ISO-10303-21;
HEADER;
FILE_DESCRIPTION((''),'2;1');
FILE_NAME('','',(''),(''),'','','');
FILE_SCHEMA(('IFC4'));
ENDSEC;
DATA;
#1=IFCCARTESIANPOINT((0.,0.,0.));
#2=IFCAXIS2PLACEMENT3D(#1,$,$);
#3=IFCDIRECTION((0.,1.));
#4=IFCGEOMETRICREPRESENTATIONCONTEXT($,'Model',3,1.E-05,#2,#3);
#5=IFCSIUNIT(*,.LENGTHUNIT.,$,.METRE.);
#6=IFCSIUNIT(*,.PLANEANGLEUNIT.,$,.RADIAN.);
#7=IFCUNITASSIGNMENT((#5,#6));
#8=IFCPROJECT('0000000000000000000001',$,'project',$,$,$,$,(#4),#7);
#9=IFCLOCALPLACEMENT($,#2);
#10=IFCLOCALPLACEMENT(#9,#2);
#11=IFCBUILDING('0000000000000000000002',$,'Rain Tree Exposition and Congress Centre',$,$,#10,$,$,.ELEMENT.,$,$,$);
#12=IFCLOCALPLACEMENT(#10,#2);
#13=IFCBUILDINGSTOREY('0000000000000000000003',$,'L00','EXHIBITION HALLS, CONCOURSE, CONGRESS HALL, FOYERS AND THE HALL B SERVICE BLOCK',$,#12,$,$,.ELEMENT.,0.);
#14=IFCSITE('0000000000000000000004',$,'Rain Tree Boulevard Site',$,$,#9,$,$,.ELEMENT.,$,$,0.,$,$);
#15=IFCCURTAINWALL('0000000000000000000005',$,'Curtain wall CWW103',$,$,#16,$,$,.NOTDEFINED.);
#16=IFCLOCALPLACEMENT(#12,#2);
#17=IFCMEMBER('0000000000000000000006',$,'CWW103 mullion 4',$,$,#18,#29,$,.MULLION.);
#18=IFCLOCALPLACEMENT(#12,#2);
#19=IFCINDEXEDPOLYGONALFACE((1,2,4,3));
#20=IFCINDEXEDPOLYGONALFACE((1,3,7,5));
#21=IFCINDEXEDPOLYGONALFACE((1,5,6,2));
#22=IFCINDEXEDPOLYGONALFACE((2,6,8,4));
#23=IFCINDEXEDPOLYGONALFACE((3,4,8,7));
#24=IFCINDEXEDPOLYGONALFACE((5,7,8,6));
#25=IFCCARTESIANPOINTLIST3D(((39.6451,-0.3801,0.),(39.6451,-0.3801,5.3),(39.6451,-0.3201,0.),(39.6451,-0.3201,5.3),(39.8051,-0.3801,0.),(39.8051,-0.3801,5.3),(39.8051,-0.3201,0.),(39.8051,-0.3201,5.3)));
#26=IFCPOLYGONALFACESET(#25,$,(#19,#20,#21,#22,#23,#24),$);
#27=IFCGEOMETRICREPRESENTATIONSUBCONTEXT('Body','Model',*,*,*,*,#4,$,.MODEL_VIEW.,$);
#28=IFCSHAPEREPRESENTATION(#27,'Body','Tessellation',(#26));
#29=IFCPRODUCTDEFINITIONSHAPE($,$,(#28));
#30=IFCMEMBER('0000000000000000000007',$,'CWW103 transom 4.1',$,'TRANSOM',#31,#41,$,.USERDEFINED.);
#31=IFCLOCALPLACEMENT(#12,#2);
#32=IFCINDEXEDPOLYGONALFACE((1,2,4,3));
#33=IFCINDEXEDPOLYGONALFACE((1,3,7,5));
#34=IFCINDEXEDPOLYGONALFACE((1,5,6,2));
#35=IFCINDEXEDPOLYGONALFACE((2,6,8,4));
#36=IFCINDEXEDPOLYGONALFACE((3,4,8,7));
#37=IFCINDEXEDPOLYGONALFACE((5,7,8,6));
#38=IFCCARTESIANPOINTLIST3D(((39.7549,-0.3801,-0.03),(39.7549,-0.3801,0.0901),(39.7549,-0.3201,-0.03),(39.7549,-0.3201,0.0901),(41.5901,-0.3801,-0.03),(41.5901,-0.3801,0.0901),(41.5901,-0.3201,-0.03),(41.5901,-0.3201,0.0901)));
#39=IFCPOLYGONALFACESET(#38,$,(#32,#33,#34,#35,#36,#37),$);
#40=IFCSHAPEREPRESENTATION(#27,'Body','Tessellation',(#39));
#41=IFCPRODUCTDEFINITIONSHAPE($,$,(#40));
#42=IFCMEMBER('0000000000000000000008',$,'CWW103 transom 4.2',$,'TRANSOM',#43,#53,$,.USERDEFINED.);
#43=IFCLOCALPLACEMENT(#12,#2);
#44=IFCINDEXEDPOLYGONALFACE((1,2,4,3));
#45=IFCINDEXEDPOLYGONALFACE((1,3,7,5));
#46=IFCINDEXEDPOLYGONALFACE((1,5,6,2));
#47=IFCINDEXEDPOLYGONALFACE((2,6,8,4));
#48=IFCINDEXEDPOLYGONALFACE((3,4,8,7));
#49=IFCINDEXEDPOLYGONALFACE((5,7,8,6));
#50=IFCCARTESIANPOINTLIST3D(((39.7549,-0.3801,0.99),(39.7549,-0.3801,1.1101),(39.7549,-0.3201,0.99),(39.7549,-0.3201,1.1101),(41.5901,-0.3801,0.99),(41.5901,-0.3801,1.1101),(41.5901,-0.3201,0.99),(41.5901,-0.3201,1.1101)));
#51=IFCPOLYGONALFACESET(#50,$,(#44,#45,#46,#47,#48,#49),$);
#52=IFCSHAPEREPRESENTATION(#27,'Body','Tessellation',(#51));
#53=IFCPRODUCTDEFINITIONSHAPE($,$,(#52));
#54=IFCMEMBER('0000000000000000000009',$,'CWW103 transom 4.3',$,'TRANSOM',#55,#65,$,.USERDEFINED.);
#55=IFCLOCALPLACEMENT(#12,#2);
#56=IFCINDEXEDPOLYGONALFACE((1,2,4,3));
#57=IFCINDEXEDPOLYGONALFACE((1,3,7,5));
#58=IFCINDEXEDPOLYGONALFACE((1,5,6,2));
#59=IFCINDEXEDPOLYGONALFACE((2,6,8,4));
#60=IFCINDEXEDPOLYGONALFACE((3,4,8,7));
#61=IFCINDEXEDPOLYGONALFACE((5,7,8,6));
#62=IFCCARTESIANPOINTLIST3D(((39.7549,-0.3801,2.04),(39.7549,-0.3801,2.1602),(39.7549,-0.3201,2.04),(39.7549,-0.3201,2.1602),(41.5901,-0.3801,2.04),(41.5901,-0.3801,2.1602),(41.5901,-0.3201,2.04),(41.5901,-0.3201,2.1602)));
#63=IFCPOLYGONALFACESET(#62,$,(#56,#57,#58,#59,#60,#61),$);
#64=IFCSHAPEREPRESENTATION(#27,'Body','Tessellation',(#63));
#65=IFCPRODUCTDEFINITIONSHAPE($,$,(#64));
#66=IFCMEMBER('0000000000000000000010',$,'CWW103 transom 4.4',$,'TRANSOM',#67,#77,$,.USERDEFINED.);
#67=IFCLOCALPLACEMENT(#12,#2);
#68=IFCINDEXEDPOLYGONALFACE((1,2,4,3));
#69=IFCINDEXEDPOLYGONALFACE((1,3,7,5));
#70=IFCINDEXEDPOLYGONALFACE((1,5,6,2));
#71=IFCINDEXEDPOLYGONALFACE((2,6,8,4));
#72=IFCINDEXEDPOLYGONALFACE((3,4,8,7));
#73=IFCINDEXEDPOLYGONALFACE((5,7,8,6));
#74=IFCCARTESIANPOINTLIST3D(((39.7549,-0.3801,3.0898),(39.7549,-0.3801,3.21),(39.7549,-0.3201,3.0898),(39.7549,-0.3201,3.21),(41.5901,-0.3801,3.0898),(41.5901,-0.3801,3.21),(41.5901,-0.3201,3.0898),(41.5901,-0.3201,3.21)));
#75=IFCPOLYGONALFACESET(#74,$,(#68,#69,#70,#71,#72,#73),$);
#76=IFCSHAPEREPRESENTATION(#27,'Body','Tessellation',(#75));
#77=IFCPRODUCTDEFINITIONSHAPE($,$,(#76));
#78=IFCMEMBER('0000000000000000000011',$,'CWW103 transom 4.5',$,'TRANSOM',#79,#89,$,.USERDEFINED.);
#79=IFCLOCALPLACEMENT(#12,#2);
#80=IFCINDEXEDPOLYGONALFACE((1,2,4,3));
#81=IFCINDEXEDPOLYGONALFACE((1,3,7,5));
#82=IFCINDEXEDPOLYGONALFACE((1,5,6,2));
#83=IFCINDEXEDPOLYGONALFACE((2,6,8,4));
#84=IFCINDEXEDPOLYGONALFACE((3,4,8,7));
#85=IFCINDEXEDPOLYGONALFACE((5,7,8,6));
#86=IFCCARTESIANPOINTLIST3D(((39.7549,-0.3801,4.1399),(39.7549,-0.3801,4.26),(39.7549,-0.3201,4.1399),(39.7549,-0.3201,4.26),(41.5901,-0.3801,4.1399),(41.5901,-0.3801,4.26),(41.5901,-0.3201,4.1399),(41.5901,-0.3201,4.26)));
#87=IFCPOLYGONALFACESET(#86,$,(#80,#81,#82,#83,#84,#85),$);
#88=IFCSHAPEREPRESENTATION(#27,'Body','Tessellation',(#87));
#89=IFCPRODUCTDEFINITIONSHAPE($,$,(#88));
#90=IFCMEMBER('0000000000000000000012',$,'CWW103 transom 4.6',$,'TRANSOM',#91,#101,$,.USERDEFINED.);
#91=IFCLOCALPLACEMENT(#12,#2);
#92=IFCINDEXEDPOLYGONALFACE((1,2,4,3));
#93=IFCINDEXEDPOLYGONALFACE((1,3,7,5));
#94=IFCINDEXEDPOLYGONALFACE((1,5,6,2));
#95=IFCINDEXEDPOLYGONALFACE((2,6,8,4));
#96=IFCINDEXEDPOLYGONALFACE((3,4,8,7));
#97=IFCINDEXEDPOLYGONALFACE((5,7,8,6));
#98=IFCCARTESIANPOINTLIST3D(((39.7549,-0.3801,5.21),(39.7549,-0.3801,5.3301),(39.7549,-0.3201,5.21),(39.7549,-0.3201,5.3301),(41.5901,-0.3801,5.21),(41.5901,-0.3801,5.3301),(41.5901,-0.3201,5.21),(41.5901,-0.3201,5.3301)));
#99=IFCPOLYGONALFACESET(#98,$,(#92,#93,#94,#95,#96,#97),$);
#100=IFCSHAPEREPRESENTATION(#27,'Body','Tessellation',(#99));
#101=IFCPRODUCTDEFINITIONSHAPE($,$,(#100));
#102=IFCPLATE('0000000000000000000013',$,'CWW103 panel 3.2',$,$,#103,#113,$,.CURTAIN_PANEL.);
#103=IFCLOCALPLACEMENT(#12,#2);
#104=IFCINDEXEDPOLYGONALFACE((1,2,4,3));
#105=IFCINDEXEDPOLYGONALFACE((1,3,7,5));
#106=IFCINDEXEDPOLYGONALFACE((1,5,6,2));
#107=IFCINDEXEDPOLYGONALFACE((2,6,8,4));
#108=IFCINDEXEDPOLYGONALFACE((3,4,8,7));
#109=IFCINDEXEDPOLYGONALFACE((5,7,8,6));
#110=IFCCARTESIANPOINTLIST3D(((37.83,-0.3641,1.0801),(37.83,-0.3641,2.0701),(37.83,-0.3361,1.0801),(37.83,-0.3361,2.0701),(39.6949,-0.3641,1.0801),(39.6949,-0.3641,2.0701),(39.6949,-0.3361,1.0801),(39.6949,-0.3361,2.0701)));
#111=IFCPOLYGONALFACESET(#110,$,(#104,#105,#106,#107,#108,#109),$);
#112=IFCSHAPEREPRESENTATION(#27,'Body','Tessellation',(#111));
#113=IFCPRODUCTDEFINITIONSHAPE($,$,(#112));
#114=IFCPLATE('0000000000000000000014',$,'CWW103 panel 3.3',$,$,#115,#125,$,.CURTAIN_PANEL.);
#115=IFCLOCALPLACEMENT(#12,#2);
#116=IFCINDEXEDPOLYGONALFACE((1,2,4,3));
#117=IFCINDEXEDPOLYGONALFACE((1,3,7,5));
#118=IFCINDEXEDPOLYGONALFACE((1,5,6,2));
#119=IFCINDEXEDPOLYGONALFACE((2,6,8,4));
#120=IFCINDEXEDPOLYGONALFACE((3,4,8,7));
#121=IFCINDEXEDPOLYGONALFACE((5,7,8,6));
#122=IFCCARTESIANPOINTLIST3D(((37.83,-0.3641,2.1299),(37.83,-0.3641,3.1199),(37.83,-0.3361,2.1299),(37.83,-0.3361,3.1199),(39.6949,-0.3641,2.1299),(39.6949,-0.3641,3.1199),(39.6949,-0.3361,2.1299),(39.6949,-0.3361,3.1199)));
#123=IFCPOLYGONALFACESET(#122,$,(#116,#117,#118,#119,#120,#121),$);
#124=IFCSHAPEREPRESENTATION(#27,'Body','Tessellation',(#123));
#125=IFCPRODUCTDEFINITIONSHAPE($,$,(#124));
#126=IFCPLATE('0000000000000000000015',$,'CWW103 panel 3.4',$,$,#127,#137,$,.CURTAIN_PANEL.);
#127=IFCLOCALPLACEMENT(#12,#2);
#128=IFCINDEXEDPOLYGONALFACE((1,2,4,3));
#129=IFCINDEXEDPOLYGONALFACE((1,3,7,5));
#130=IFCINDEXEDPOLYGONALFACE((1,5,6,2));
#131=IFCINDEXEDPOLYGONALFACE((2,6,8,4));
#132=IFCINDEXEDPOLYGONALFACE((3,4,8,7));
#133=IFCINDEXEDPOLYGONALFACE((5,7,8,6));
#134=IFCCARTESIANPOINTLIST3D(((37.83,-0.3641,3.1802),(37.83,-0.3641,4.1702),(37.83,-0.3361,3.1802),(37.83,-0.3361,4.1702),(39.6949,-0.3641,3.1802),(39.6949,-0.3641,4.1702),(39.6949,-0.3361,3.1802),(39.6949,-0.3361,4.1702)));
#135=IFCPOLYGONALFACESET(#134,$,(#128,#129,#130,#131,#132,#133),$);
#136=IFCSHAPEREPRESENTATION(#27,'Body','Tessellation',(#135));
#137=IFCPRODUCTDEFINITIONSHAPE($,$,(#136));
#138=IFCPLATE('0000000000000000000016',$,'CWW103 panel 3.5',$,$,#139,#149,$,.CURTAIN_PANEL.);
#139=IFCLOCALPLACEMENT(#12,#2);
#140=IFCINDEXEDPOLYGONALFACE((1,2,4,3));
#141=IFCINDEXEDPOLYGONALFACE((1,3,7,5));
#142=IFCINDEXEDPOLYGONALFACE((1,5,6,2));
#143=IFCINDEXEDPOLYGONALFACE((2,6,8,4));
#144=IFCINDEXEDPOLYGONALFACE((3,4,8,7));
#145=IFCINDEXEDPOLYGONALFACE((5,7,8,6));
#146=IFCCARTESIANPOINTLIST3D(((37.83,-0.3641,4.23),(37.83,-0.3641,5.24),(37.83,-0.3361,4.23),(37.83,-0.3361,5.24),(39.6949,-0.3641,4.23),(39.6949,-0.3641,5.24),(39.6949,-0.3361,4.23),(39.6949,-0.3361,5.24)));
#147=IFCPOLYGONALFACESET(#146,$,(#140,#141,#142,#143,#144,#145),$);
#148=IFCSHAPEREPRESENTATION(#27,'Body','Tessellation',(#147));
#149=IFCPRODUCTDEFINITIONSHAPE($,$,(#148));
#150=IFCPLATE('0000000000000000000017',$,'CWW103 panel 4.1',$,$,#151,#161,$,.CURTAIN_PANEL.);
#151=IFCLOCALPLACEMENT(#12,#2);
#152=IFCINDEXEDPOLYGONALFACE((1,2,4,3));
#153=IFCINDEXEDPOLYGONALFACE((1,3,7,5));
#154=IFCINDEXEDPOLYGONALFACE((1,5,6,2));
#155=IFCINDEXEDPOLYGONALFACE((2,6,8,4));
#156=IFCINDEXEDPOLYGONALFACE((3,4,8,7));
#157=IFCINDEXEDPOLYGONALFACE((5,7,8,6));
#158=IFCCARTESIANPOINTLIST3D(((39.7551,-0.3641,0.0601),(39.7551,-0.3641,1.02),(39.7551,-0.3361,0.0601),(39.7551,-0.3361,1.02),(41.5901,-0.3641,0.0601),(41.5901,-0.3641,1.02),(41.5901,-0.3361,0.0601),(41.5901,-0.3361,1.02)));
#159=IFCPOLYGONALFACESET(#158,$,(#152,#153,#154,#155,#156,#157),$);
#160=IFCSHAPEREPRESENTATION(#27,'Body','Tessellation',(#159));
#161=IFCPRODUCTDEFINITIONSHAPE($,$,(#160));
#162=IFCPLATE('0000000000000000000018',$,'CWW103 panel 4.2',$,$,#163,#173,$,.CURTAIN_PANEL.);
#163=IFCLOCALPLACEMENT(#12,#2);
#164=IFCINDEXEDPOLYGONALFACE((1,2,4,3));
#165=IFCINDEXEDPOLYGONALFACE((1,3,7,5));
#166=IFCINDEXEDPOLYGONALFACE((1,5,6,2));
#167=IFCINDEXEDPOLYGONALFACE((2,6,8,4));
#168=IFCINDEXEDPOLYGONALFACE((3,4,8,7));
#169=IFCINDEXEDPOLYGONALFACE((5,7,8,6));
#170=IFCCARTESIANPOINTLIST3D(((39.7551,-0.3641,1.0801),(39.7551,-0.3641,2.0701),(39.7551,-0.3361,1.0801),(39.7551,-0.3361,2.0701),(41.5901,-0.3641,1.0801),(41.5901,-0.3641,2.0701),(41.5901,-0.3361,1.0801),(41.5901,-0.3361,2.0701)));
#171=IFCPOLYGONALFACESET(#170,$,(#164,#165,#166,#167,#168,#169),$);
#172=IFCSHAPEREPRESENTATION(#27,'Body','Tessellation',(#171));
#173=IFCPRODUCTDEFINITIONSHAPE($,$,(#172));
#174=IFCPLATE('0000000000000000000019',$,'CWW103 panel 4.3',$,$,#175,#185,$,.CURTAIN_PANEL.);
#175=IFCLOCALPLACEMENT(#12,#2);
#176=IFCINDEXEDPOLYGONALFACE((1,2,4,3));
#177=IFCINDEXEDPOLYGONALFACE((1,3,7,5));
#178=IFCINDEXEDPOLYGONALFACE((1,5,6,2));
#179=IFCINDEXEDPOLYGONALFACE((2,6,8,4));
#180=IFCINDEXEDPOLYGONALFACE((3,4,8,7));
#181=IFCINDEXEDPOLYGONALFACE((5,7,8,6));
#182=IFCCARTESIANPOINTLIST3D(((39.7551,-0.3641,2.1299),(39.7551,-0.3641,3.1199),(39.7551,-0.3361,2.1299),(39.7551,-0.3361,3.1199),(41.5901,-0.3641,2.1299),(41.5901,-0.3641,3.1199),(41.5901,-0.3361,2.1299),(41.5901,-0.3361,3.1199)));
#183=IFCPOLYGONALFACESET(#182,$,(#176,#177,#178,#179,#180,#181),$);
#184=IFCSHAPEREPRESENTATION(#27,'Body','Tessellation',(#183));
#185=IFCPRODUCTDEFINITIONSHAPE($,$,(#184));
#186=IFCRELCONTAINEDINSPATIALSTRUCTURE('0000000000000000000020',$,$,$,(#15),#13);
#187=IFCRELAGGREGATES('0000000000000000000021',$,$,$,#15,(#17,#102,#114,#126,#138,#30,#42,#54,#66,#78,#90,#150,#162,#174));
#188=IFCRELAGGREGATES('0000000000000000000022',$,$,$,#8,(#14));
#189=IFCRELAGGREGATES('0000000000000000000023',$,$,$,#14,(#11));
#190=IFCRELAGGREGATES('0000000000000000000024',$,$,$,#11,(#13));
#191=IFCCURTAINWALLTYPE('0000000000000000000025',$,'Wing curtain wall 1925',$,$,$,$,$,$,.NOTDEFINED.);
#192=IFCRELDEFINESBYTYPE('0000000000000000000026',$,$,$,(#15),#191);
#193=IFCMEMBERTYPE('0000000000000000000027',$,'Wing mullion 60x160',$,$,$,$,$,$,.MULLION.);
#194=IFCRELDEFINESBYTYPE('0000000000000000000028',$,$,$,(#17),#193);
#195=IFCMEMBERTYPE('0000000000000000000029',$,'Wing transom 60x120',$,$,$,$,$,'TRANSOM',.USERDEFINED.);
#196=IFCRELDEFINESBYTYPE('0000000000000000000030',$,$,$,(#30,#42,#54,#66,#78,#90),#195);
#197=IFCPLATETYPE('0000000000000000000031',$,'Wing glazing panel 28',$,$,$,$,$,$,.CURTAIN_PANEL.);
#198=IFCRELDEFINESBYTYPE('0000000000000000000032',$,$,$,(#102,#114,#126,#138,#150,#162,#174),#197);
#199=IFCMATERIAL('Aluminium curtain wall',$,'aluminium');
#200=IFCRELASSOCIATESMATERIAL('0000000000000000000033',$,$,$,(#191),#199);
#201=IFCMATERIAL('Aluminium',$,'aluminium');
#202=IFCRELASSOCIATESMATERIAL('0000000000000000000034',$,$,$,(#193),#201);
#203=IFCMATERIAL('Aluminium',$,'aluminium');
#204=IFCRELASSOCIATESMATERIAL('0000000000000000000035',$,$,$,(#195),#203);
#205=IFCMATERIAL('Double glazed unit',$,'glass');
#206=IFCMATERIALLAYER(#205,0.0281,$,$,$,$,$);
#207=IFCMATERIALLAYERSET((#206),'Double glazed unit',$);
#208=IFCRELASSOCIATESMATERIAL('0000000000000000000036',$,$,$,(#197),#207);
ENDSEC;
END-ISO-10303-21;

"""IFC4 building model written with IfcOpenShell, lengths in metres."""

from ifc_helpers import new_model, si_unit, direction, frame, origin, origin_2d, place, context, subcontext, project, spatial, rectangle, extrude, material, layer, layer_set, material_profile, profile_set, type_object, element, aggregate, save


model = new_model("IFC4")

# Units and contexts
model_context = context("Model", 3, precision=1e-05, world=origin(), true_north=direction((0.0, 1.0)))
body_context = subcontext(model_context, "Body", "Model", "MODEL_VIEW")
ifc_project = project(units=[si_unit("LENGTHUNIT", "METRE"), si_unit("PLANEANGLEUNIT", "RADIAN")], contexts=[model_context])

# Site, building, storey
site_placement = place(None, origin())
site = spatial("IfcSite", under=ifc_project, at=site_placement, Name="Rain Tree Boulevard Site", CompositionType="ELEMENT", RefElevation=0.0)
building_placement = place(site_placement, origin())
building = spatial("IfcBuilding", under=site, at=building_placement, Name="Rain Tree Exposition and Congress Centre", CompositionType="ELEMENT")
storey_placement = place(building_placement, origin())
storey = spatial("IfcBuildingStorey", under=building, at=storey_placement, Name="L00", Description="EXHIBITION HALLS, CONCOURSE, CONGRESS HALL, FOYERS AND THE HALL B SERVICE BLOCK", CompositionType="ELEMENT", Elevation=0.0)

# Curtain wall, members, plates
ifc_material_1 = material(Name="Aluminium curtain wall", Category="aluminium")
curtain_wall_type = type_object("IfcCurtainWallType", Name="Wing curtain wall 1925", PredefinedType="NOTDEFINED", material=ifc_material_1)
curtain_wall_placement = place(storey_placement, origin())
curtain_wall = element("IfcCurtainWall", 1, at=curtain_wall_placement, inside=storey, type_object=curtain_wall_type, Name="Curtain wall CWW103", PredefinedType="NOTDEFINED")
ifc_material_2 = material(Name="Aluminium", Category="aluminium")
ifc_material_profile_1 = material_profile(ifc_material_2, rectangle(XDim=0.0601, YDim=0.1599, at=origin_2d()), Name="Aluminium 60x160")
ifc_profile_set_1 = profile_set([ifc_material_profile_1], Name="Aluminium")
member_type_1 = type_object("IfcMemberType", Name="Wing mullion 60x160", PredefinedType="MULLION", material=ifc_profile_set_1)
member_1_placement = place(storey_placement, frame((39.7251, -0.3501, 0.0), z_axis=(0.0, 0.0, 1.0), x_axis=(0.0, 1.0, 0.0)))
member_1 = element("IfcMember", 2, at=member_1_placement, type_object=member_type_1, Name="CWW103 mullion 4", PredefinedType="MULLION", context=body_context, shape_type="SweptSolid", body=[
    extrude(rectangle(XDim=0.0601, YDim=0.1599, at=origin_2d()), origin(), (0.0, 0.0, 1.0), 5.3),
])
ifc_material_3 = material(Name="Aluminium", Category="aluminium")
ifc_material_profile_2 = material_profile(ifc_material_3, rectangle(XDim=0.0601, YDim=0.1201, at=origin_2d()), Name="Aluminium 60x120")
ifc_profile_set_2 = profile_set([ifc_material_profile_2], Name="Aluminium")
member_type_2 = type_object("IfcMemberType", Name="Wing transom 60x120", ElementType="TRANSOM", PredefinedType="USERDEFINED", material=ifc_profile_set_2)
member_2_placement = place(storey_placement, frame((39.7549, -0.3501, 0.03), z_axis=(1.0, 0.0, 0.0), x_axis=(0.0, 1.0, 0.0)))
member_2 = element("IfcMember", 3, at=member_2_placement, type_object=member_type_2, Name="CWW103 transom 4.1", ObjectType="TRANSOM", PredefinedType="USERDEFINED", context=body_context, shape_type="SweptSolid", body=[
    extrude(rectangle(XDim=0.0601, YDim=0.1201, at=origin_2d()), origin(), (0.0, 0.0, 1.0), 1.8352),
])
member_3_placement = place(storey_placement, frame((39.7549, -0.3501, 1.05), z_axis=(1.0, 0.0, 0.0), x_axis=(0.0, 1.0, 0.0)))
member_3 = element("IfcMember", 4, at=member_3_placement, type_object=member_type_2, Name="CWW103 transom 4.2", ObjectType="TRANSOM", PredefinedType="USERDEFINED", context=body_context, shape_type="SweptSolid", body=[
    extrude(rectangle(XDim=0.0601, YDim=0.1201, at=origin_2d()), origin(), (0.0, 0.0, 1.0), 1.8352),
])
member_4_placement = place(storey_placement, frame((39.7549, -0.3501, 2.1001), z_axis=(1.0, 0.0, 0.0), x_axis=(0.0, 1.0, 0.0)))
member_4 = element("IfcMember", 5, at=member_4_placement, type_object=member_type_2, Name="CWW103 transom 4.3", ObjectType="TRANSOM", PredefinedType="USERDEFINED", context=body_context, shape_type="SweptSolid", body=[
    extrude(rectangle(XDim=0.0601, YDim=0.1201, at=origin_2d()), origin(), (0.0, 0.0, 1.0), 1.8352),
])
member_5_placement = place(storey_placement, frame((39.7549, -0.3501, 3.1499), z_axis=(1.0, 0.0, 0.0), x_axis=(0.0, 1.0, 0.0)))
member_5 = element("IfcMember", 6, at=member_5_placement, type_object=member_type_2, Name="CWW103 transom 4.4", ObjectType="TRANSOM", PredefinedType="USERDEFINED", context=body_context, shape_type="SweptSolid", body=[
    extrude(rectangle(XDim=0.0601, YDim=0.1201, at=origin_2d()), origin(), (0.0, 0.0, 1.0), 1.8352),
])
member_6_placement = place(storey_placement, frame((39.7549, -0.3501, 4.2), z_axis=(1.0, 0.0, 0.0), x_axis=(0.0, 1.0, 0.0)))
member_6 = element("IfcMember", 7, at=member_6_placement, type_object=member_type_2, Name="CWW103 transom 4.5", ObjectType="TRANSOM", PredefinedType="USERDEFINED", context=body_context, shape_type="SweptSolid", body=[
    extrude(rectangle(XDim=0.0601, YDim=0.1201, at=origin_2d()), origin(), (0.0, 0.0, 1.0), 1.8352),
])
member_7_placement = place(storey_placement, frame((39.7549, -0.3501, 5.27), z_axis=(1.0, 0.0, 0.0), x_axis=(0.0, 1.0, 0.0)))
member_7 = element("IfcMember", 8, at=member_7_placement, type_object=member_type_2, Name="CWW103 transom 4.6", ObjectType="TRANSOM", PredefinedType="USERDEFINED", context=body_context, shape_type="SweptSolid", body=[
    extrude(rectangle(XDim=0.0601, YDim=0.1201, at=origin_2d()), origin(), (0.0, 0.0, 1.0), 1.8352),
])
ifc_material_4 = material(Name="Double glazed unit", Category="glass")
ifc_layer_1 = layer(ifc_material_4, 0.0281)
ifc_layer_set_1 = layer_set([ifc_layer_1], Name="Double glazed unit")
plate_type = type_object("IfcPlateType", Name="Wing glazing panel 28", PredefinedType="CURTAIN_PANEL", material=ifc_layer_set_1)
plate_1_placement = place(storey_placement, frame((38.7625, -0.3501, 1.0801), z_axis=(0.0, 0.0, 1.0), x_axis=(1.0, 0.0, 0.0)))
plate_1 = element("IfcPlate", 9, at=plate_1_placement, type_object=plate_type, Name="CWW103 panel 3.2", PredefinedType="CURTAIN_PANEL", context=body_context, shape_type="SweptSolid", body=[
    extrude(rectangle(XDim=1.865, YDim=0.0281, at=origin_2d()), origin(), (0.0, 0.0, 1.0), 0.99),
])
plate_2_placement = place(storey_placement, frame((38.7625, -0.3501, 2.1299), z_axis=(0.0, 0.0, 1.0), x_axis=(1.0, 0.0, 0.0)))
plate_2 = element("IfcPlate", 10, at=plate_2_placement, type_object=plate_type, Name="CWW103 panel 3.3", PredefinedType="CURTAIN_PANEL", context=body_context, shape_type="SweptSolid", body=[
    extrude(rectangle(XDim=1.865, YDim=0.0281, at=origin_2d()), origin(), (0.0, 0.0, 1.0), 0.99),
])
plate_3_placement = place(storey_placement, frame((38.7625, -0.3501, 3.1802), z_axis=(0.0, 0.0, 1.0), x_axis=(1.0, 0.0, 0.0)))
plate_3 = element("IfcPlate", 11, at=plate_3_placement, type_object=plate_type, Name="CWW103 panel 3.4", PredefinedType="CURTAIN_PANEL", context=body_context, shape_type="SweptSolid", body=[
    extrude(rectangle(XDim=1.865, YDim=0.0281, at=origin_2d()), origin(), (0.0, 0.0, 1.0), 0.99),
])
plate_4_placement = place(storey_placement, frame((38.7625, -0.3501, 4.23), z_axis=(0.0, 0.0, 1.0), x_axis=(1.0, 0.0, 0.0)))
plate_4 = element("IfcPlate", 12, at=plate_4_placement, type_object=plate_type, Name="CWW103 panel 3.5", PredefinedType="CURTAIN_PANEL", context=body_context, shape_type="SweptSolid", body=[
    extrude(rectangle(XDim=1.865, YDim=0.0281, at=origin_2d()), origin(), (0.0, 0.0, 1.0), 1.01),
])
plate_5_placement = place(storey_placement, frame((40.6726, -0.3501, 0.0601), z_axis=(0.0, 0.0, 1.0), x_axis=(1.0, 0.0, 0.0)))
plate_5 = element("IfcPlate", 13, at=plate_5_placement, type_object=plate_type, Name="CWW103 panel 4.1", PredefinedType="CURTAIN_PANEL", context=body_context, shape_type="SweptSolid", body=[
    extrude(rectangle(XDim=1.835, YDim=0.0281, at=origin_2d()), origin(), (0.0, 0.0, 1.0), 0.96),
])
plate_6_placement = place(storey_placement, frame((40.6726, -0.3501, 1.0801), z_axis=(0.0, 0.0, 1.0), x_axis=(1.0, 0.0, 0.0)))
plate_6 = element("IfcPlate", 14, at=plate_6_placement, type_object=plate_type, Name="CWW103 panel 4.2", PredefinedType="CURTAIN_PANEL", context=body_context, shape_type="SweptSolid", body=[
    extrude(rectangle(XDim=1.835, YDim=0.0281, at=origin_2d()), origin(), (0.0, 0.0, 1.0), 0.99),
])
plate_7_placement = place(storey_placement, frame((40.6726, -0.3501, 2.1299), z_axis=(0.0, 0.0, 1.0), x_axis=(1.0, 0.0, 0.0)))
plate_7 = element("IfcPlate", 15, at=plate_7_placement, type_object=plate_type, Name="CWW103 panel 4.3", PredefinedType="CURTAIN_PANEL", context=body_context, shape_type="SweptSolid", body=[
    extrude(rectangle(XDim=1.835, YDim=0.0281, at=origin_2d()), origin(), (0.0, 0.0, 1.0), 0.99),
])
aggregate(curtain_wall, [member_1, plate_1, plate_2, plate_3, plate_4, member_2, member_3, member_4, member_5, member_6, member_7, plate_5, plate_6, plate_7])

save(model, "model.ifc")
